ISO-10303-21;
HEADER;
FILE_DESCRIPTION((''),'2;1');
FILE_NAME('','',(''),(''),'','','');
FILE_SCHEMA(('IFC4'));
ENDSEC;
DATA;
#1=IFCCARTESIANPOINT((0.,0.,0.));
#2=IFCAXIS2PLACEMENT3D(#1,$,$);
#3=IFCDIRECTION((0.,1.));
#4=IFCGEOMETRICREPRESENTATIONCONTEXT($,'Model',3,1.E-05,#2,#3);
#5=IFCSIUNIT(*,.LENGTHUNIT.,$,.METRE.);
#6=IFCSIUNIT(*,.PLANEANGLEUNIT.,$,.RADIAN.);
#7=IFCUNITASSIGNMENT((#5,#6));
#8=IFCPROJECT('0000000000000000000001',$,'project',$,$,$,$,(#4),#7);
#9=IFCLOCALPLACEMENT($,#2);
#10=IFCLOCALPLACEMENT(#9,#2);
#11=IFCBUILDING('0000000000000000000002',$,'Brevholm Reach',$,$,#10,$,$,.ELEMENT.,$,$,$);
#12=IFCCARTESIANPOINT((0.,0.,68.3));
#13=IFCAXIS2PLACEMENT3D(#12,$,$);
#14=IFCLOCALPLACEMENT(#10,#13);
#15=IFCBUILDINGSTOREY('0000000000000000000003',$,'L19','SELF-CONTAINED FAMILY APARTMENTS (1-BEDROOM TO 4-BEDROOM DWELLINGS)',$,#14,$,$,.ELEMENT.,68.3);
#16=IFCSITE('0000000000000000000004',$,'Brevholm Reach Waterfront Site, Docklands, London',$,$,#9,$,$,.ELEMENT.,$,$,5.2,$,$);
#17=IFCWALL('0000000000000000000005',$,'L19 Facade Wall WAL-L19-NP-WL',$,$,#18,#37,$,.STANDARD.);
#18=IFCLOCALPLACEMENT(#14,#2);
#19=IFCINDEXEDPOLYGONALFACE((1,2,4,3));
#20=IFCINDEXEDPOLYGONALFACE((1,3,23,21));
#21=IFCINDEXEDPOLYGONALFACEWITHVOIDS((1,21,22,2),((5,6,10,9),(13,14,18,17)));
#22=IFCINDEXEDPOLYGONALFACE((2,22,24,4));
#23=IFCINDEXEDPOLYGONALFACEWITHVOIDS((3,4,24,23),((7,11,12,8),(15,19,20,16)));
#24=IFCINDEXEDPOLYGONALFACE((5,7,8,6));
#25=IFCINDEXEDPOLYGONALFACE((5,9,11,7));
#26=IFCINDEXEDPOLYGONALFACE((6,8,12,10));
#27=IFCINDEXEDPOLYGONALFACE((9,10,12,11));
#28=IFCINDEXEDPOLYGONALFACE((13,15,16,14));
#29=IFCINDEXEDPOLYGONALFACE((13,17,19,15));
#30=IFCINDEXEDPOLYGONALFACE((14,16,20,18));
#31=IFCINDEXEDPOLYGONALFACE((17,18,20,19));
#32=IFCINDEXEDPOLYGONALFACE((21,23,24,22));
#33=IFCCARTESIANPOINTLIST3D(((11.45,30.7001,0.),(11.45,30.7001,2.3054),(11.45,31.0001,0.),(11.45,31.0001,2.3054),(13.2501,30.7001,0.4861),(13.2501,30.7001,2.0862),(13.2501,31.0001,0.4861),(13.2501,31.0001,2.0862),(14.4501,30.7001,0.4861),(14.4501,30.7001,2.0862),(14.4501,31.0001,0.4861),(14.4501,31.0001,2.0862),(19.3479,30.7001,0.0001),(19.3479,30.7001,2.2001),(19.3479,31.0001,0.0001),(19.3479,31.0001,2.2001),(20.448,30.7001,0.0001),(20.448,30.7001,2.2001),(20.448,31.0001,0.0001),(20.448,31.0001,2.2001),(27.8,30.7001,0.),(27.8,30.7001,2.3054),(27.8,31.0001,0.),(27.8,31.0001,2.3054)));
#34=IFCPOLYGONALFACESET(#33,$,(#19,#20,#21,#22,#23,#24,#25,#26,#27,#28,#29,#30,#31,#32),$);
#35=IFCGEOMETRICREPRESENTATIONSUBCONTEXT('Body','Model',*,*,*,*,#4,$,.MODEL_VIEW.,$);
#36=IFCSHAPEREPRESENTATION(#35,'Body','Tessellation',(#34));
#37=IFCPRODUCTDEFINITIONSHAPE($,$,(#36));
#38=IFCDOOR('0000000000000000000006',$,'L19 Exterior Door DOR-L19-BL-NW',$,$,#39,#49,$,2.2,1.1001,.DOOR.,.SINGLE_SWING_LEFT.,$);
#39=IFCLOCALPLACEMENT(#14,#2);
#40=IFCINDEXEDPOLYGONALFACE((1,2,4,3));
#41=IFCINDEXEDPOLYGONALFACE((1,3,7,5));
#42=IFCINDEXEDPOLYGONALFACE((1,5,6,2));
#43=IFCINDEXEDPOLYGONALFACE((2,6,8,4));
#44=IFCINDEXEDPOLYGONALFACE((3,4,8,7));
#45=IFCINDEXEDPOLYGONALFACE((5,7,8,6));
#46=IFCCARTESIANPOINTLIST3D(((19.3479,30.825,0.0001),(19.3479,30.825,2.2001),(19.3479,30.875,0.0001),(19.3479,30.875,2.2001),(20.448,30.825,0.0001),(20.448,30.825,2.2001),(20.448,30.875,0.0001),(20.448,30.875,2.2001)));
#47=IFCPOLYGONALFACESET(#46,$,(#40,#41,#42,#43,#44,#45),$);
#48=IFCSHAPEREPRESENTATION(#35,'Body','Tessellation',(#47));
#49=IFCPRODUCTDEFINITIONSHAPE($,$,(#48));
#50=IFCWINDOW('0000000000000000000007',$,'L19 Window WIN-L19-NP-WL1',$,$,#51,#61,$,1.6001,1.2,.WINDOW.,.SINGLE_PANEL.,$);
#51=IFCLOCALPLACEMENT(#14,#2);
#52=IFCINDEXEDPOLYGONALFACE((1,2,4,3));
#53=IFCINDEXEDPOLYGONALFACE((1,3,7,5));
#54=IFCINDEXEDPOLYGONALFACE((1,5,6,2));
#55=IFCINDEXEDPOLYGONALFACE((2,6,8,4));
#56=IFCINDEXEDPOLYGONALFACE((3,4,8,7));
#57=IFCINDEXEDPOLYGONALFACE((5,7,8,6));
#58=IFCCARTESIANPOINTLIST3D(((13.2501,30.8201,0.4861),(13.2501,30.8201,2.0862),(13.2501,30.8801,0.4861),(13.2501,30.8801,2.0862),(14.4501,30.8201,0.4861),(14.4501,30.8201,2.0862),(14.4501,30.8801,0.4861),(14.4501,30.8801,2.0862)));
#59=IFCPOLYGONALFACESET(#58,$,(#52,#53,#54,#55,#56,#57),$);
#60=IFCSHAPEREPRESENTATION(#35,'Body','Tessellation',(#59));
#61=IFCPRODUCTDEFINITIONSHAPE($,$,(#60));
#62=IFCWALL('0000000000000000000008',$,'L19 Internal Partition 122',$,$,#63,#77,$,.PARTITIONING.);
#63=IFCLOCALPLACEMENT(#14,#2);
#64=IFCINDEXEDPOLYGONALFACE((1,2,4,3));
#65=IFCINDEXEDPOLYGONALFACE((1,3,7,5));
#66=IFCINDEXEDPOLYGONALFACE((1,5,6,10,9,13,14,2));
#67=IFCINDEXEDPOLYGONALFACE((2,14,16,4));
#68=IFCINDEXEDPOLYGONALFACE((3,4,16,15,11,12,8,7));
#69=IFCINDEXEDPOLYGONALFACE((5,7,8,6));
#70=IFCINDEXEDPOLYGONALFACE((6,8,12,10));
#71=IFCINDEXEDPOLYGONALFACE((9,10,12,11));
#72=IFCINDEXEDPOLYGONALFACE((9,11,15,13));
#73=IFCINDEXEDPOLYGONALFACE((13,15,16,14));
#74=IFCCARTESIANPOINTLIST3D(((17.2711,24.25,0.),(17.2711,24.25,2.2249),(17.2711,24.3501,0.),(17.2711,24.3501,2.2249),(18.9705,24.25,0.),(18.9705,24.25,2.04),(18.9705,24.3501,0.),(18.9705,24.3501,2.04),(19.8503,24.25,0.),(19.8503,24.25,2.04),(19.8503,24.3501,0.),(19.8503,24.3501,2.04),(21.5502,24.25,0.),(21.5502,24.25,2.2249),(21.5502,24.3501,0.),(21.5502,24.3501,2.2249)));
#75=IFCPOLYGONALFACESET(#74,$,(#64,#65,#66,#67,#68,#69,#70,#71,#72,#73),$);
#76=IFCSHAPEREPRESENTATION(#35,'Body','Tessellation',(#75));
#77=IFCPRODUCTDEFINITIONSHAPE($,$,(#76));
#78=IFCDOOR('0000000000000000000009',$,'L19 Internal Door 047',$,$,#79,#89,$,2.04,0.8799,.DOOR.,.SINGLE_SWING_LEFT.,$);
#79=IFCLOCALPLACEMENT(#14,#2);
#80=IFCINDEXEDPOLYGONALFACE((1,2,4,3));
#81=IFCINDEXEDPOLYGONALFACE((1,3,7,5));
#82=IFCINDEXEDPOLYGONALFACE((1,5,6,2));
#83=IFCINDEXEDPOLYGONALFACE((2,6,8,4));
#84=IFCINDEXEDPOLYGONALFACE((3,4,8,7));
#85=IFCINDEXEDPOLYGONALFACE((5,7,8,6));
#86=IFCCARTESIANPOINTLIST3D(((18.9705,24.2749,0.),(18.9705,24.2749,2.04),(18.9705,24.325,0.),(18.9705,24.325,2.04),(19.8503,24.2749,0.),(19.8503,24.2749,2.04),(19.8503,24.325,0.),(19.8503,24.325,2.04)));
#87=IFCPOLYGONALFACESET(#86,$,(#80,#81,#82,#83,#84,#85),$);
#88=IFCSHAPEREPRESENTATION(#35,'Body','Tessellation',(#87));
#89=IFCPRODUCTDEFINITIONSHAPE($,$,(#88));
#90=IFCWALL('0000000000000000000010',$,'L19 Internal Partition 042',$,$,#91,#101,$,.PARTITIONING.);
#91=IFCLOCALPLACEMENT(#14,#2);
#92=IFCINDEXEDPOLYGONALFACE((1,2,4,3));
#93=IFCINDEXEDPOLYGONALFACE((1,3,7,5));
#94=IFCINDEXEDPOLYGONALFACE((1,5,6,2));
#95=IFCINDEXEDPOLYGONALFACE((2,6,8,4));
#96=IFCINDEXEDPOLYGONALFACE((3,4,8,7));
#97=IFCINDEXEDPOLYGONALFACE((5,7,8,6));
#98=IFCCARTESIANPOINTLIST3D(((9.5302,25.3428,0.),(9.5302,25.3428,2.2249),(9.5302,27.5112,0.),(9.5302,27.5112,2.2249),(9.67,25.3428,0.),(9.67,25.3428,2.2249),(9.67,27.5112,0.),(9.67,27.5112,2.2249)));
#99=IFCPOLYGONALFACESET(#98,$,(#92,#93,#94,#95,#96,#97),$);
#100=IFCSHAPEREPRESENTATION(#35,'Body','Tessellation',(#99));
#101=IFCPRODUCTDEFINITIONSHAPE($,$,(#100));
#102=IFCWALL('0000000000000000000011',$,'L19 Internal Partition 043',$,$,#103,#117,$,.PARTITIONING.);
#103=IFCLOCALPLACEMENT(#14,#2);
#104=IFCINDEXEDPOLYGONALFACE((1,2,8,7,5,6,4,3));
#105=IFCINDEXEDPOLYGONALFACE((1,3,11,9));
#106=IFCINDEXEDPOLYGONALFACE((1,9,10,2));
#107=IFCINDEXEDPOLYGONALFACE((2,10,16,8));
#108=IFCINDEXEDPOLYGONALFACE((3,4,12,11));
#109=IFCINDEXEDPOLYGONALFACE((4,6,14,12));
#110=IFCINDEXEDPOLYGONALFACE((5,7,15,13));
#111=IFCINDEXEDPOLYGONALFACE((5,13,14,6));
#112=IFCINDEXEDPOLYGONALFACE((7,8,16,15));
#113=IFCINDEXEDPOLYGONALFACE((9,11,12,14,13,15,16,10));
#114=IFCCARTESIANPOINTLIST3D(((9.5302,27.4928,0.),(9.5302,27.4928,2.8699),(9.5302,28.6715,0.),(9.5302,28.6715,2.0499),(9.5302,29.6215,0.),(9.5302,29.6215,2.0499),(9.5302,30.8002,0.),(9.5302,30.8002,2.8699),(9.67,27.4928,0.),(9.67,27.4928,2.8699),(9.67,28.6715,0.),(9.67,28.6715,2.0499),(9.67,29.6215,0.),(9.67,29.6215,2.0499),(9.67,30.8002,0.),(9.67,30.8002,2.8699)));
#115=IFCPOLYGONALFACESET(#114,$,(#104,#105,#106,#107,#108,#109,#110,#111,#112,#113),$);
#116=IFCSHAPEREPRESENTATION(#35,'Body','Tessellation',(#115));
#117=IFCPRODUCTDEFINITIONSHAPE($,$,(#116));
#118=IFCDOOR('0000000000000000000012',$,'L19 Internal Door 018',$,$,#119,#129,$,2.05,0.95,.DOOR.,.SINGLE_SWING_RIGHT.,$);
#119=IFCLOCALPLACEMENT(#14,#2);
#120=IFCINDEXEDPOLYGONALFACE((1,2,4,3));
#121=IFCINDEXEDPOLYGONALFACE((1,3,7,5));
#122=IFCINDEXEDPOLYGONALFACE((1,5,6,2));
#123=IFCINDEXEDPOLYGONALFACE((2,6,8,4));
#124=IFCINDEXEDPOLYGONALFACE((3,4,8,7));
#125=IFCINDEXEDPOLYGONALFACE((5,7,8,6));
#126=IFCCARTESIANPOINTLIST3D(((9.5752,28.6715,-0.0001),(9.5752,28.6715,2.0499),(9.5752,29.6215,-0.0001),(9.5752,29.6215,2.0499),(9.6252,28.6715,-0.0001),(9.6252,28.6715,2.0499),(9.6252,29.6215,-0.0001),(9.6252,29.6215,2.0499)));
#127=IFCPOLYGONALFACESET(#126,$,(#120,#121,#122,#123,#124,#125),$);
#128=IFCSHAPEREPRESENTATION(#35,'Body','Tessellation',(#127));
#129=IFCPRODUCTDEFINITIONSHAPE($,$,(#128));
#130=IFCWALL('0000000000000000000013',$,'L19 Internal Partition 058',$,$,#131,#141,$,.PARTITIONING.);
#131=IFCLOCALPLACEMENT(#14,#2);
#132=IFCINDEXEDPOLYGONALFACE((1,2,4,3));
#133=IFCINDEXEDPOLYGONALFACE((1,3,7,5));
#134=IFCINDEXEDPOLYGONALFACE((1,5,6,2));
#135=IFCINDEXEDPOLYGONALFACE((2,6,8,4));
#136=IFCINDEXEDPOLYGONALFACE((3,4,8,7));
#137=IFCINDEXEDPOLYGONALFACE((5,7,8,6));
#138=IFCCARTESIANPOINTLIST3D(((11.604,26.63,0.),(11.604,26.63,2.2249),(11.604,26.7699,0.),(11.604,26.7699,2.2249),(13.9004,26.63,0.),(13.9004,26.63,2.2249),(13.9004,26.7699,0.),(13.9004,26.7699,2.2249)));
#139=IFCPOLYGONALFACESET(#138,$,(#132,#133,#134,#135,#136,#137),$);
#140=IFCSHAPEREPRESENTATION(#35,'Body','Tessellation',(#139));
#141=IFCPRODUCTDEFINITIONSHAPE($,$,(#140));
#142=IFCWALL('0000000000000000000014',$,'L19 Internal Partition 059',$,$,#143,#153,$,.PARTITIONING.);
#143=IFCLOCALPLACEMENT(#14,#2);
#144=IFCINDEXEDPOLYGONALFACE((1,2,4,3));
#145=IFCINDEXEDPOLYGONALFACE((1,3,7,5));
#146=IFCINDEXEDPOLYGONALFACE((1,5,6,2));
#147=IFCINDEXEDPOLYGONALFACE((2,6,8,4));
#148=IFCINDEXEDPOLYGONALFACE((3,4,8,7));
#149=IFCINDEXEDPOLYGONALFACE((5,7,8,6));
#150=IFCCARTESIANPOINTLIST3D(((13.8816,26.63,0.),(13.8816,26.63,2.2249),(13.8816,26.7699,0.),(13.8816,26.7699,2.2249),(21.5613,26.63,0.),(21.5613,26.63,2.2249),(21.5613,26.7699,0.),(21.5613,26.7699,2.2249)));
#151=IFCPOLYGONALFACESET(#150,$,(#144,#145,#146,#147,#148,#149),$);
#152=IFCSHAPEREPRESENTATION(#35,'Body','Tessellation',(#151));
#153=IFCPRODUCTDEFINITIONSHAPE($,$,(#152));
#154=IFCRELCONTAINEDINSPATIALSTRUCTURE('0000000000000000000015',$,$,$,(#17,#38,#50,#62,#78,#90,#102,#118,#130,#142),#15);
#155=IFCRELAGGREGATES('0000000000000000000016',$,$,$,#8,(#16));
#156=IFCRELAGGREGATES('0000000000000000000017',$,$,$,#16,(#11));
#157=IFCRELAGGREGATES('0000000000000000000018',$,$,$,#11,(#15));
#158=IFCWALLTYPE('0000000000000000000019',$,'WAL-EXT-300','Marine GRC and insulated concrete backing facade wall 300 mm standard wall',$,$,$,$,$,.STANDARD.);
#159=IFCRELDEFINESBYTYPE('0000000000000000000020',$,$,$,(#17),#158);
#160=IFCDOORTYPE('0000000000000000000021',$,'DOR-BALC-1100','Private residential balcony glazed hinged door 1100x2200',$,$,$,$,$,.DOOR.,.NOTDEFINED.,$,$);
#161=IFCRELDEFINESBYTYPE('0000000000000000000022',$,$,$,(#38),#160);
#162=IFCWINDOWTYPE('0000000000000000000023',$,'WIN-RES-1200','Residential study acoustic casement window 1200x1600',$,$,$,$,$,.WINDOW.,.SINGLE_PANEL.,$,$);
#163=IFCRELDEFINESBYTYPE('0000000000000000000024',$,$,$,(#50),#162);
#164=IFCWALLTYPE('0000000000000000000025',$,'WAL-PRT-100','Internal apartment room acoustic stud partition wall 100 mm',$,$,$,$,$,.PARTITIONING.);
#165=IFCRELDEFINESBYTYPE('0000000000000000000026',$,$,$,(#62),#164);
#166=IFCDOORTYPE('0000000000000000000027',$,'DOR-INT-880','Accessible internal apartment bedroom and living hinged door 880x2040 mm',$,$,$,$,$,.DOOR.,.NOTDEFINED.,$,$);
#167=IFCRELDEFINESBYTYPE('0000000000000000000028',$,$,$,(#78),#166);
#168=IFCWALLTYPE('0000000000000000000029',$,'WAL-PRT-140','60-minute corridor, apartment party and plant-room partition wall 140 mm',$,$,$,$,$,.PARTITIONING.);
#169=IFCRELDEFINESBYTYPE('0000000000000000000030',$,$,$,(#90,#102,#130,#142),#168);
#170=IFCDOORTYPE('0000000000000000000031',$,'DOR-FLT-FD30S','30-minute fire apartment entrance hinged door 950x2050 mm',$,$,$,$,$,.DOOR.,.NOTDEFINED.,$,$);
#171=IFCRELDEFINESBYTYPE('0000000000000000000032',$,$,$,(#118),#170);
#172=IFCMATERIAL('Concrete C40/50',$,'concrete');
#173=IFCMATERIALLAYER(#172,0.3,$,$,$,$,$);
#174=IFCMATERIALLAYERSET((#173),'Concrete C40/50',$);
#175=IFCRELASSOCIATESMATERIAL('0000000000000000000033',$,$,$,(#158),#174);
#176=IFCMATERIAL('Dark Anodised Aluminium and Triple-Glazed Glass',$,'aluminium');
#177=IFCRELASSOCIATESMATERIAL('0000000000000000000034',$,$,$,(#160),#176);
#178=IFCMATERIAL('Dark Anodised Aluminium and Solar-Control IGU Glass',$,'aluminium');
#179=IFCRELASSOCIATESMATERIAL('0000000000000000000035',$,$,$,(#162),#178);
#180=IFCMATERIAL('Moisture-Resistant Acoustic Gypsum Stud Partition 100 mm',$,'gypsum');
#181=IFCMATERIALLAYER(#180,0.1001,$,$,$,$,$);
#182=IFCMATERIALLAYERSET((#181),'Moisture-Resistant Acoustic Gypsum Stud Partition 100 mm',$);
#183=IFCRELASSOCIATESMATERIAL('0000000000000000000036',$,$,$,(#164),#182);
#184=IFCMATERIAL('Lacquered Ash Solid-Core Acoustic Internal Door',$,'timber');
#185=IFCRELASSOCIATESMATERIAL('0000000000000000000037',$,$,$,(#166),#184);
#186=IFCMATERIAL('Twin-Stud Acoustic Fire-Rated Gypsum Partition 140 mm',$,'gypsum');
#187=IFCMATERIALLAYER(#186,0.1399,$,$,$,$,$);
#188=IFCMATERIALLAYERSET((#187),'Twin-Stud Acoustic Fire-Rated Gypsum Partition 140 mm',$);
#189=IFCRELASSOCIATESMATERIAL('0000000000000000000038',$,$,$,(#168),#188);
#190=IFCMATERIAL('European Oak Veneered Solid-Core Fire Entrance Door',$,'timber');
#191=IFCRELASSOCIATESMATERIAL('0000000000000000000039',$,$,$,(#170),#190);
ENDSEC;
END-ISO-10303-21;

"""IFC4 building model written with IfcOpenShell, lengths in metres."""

from ifc_helpers import new_model, si_unit, direction, frame, frame_2d, origin, place, context, subcontext, project, spatial, rectangle, extrude, material, layer, layer_set, type_object, element, fill, save


model = new_model("IFC4")

# Units and contexts
model_context = context("Model", 3, precision=1e-05, world=origin(), true_north=direction((0.0, 1.0)))
body_context = subcontext(model_context, "Body", "Model", "MODEL_VIEW")
ifc_project = project(units=[si_unit("LENGTHUNIT", "METRE"), si_unit("PLANEANGLEUNIT", "RADIAN")], contexts=[model_context])

# Site, building, storey
site_placement = place(None, origin())
site = spatial("IfcSite", under=ifc_project, at=site_placement, Name="Brevholm Reach Waterfront Site, Docklands, London", CompositionType="ELEMENT", RefElevation=5.2)
building_placement = place(site_placement, origin())
building = spatial("IfcBuilding", under=site, at=building_placement, Name="Brevholm Reach", CompositionType="ELEMENT")
storey_placement = place(building_placement, frame((0.0, 0.0, 68.3)))
storey = spatial("IfcBuildingStorey", under=building, at=storey_placement, Name="L19", Description="SELF-CONTAINED FAMILY APARTMENTS (1-BEDROOM TO 4-BEDROOM DWELLINGS)", CompositionType="ELEMENT", Elevation=68.3)

# Wall, openings, door, window
ifc_material_1 = material(Name="Concrete C40/50", Category="concrete")
ifc_layer_1 = layer(ifc_material_1, 0.3)
ifc_layer_set_1 = layer_set([ifc_layer_1], Name="Concrete C40/50")
wall_type_1 = type_object("IfcWallType", Name="WAL-EXT-300", Description="Marine GRC and insulated concrete backing facade wall 300 mm standard wall", PredefinedType="STANDARD", material=ifc_layer_set_1)
wall_1_placement = place(storey_placement, frame((11.45, 30.8501, 0.0), z_axis=(0.0, 0.0, 1.0), x_axis=(1.0, 0.0, 0.0)))
wall_1 = element("IfcWall", 1, at=wall_1_placement, inside=storey, type_object=wall_type_1, Name="L19 Facade Wall WAL-L19-NP-WL", PredefinedType="STANDARD", context=body_context, shape_type="SweptSolid", body=[
    extrude(rectangle(XDim=16.3501, YDim=0.3, at=frame_2d((8.175, 0.0))), origin(), (0.0, 0.0, 1.0), 2.3054),
])
opening_1_placement = place(wall_1_placement, frame((7.8979, 0.0, 0.0)))
opening_1 = element("IfcOpeningElement", 2, at=opening_1_placement, cuts=wall_1, PredefinedType="OPENING", context=body_context, shape_type="SweptSolid", body=[
    extrude(rectangle(XDim=1.1001, YDim=2.2, at=frame_2d((0.55, 1.1001))), frame((0.0, 0.1599, 0.0), z_axis=(0.0, -1.0, 0.0), x_axis=(1.0, 0.0, 0.0)), (0.0, 0.0, 1.0), 0.3201),
])
opening_2_placement = place(wall_1_placement, frame((1.8, 0.0, 0.4861)))
opening_2 = element("IfcOpeningElement", 3, at=opening_2_placement, cuts=wall_1, PredefinedType="OPENING", context=body_context, shape_type="SweptSolid", body=[
    extrude(rectangle(XDim=1.2, YDim=1.6001, at=frame_2d((0.6001, 0.8))), frame((0.0, 0.1599, 0.0), z_axis=(0.0, -1.0, 0.0), x_axis=(1.0, 0.0, 0.0)), (0.0, 0.0, 1.0), 0.3201),
])
ifc_material_2 = material(Name="Dark Anodised Aluminium and Triple-Glazed Glass", Category="aluminium")
door_type_1 = type_object("IfcDoorType", Name="DOR-BALC-1100", Description="Private residential balcony glazed hinged door 1100x2200", OperationType="NOTDEFINED", PredefinedType="DOOR", material=ifc_material_2)
door_1_placement = place(opening_1_placement, origin())
door_1 = element("IfcDoor", 4, at=door_1_placement, inside=storey, type_object=door_type_1, Name="L19 Exterior Door DOR-L19-BL-NW", OperationType="SINGLE_SWING_LEFT", OverallHeight=2.2, OverallWidth=1.1001, PredefinedType="DOOR", context=body_context, shape_type="SweptSolid", body=[
    extrude(rectangle(XDim=1.1001, YDim=2.2, at=frame_2d((0.55, 1.1001))), frame((0.0, 0.0249, 0.0), z_axis=(0.0, -1.0, 0.0), x_axis=(1.0, 0.0, 0.0)), (0.0, 0.0, 1.0), 0.05),
])
fill(opening_1, door_1)
ifc_material_3 = material(Name="Dark Anodised Aluminium and Solar-Control IGU Glass", Category="aluminium")
window_type = type_object("IfcWindowType", Name="WIN-RES-1200", Description="Residential study acoustic casement window 1200x1600", PartitioningType="SINGLE_PANEL", PredefinedType="WINDOW", material=ifc_material_3)
window_placement = place(opening_2_placement, origin())
window = element("IfcWindow", 5, at=window_placement, inside=storey, type_object=window_type, Name="L19 Window WIN-L19-NP-WL1", OverallHeight=1.6001, OverallWidth=1.2, PartitioningType="SINGLE_PANEL", PredefinedType="WINDOW", context=body_context, shape_type="SweptSolid", body=[
    extrude(rectangle(XDim=1.2, YDim=1.6001, at=frame_2d((0.6001, 0.8))), frame((0.0, 0.03, 0.0), z_axis=(0.0, -1.0, 0.0), x_axis=(1.0, 0.0, 0.0)), (0.0, 0.0, 1.0), 0.0601),
])
fill(opening_2, window)

# Wall, opening, door
ifc_material_4 = material(Name="Moisture-Resistant Acoustic Gypsum Stud Partition 100 mm", Category="gypsum")
ifc_layer_2 = layer(ifc_material_4, 0.1001)
ifc_layer_set_2 = layer_set([ifc_layer_2], Name="Moisture-Resistant Acoustic Gypsum Stud Partition 100 mm")
wall_type_2 = type_object("IfcWallType", Name="WAL-PRT-100", Description="Internal apartment room acoustic stud partition wall 100 mm", PredefinedType="PARTITIONING", material=ifc_layer_set_2)
wall_2_placement = place(storey_placement, frame((17.271, 24.3, 0.0), z_axis=(0.0, 0.0, 1.0), x_axis=(1.0, 0.0, 0.0)))
wall_2 = element("IfcWall", 6, at=wall_2_placement, inside=storey, type_object=wall_type_2, Name="L19 Internal Partition 122", PredefinedType="PARTITIONING", context=body_context, shape_type="SweptSolid", body=[
    extrude(rectangle(XDim=4.2791, YDim=0.1001, at=frame_2d((2.1396, 0.0))), origin(), (0.0, 0.0, 1.0), 2.2249),
])
opening_3_placement = place(wall_2_placement, frame((1.6995, 0.0, 0.0)))
opening_3 = element("IfcOpeningElement", 7, at=opening_3_placement, cuts=wall_2, PredefinedType="OPENING", context=body_context, shape_type="SweptSolid", body=[
    extrude(rectangle(XDim=0.8799, YDim=2.04, at=frame_2d((0.4399, 1.02))), frame((0.0, 0.0601, 0.0), z_axis=(0.0, -1.0, 0.0), x_axis=(1.0, 0.0, 0.0)), (0.0, 0.0, 1.0), 0.1201),
])
ifc_material_5 = material(Name="Lacquered Ash Solid-Core Acoustic Internal Door", Category="timber")
door_type_2 = type_object("IfcDoorType", Name="DOR-INT-880", Description="Accessible internal apartment bedroom and living hinged door 880x2040 mm", OperationType="NOTDEFINED", PredefinedType="DOOR", material=ifc_material_5)
door_2_placement = place(opening_3_placement, origin())
door_2 = element("IfcDoor", 8, at=door_2_placement, inside=storey, type_object=door_type_2, Name="L19 Internal Door 047", OperationType="SINGLE_SWING_LEFT", OverallHeight=2.04, OverallWidth=0.8799, PredefinedType="DOOR", context=body_context, shape_type="SweptSolid", body=[
    extrude(rectangle(XDim=0.8799, YDim=2.04, at=frame_2d((0.4399, 1.02))), frame((0.0, 0.0249, 0.0), z_axis=(0.0, -1.0, 0.0), x_axis=(1.0, 0.0, 0.0)), (0.0, 0.0, 1.0), 0.05),
])
fill(opening_3, door_2)

# Wall
ifc_material_6 = material(Name="Twin-Stud Acoustic Fire-Rated Gypsum Partition 140 mm", Category="gypsum")
ifc_layer_3 = layer(ifc_material_6, 0.1399)
ifc_layer_set_3 = layer_set([ifc_layer_3], Name="Twin-Stud Acoustic Fire-Rated Gypsum Partition 140 mm")
wall_type_3 = type_object("IfcWallType", Name="WAL-PRT-140", Description="60-minute corridor, apartment party and plant-room partition wall 140 mm", PredefinedType="PARTITIONING", material=ifc_layer_set_3)
wall_3_placement = place(storey_placement, frame((9.6001, 25.3428, 0.0), z_axis=(0.0, 0.0, 1.0), x_axis=(0.0, 1.0, 0.0)))
element("IfcWall", 9, at=wall_3_placement, inside=storey, type_object=wall_type_3, Name="L19 Internal Partition 042", PredefinedType="PARTITIONING", context=body_context, shape_type="SweptSolid", body=[
    extrude(rectangle(XDim=2.1685, YDim=0.1399, at=frame_2d((1.0842, 0.0))), origin(), (0.0, 0.0, 1.0), 2.2249),
])

# Wall, opening, door
wall_4_placement = place(storey_placement, frame((9.6001, 27.4927, 0.0), z_axis=(0.0, 0.0, 1.0), x_axis=(0.0, 1.0, 0.0)))
wall_4 = element("IfcWall", 10, at=wall_4_placement, inside=storey, type_object=wall_type_3, Name="L19 Internal Partition 043", PredefinedType="PARTITIONING", context=body_context, shape_type="SweptSolid", body=[
    extrude(rectangle(XDim=3.3074, YDim=0.1399, at=frame_2d((1.6538, 0.0))), origin(), (0.0, 0.0, 1.0), 2.8699),
])
opening_4_placement = place(wall_4_placement, frame((1.1787, 0.0, 0.0)))
opening_4 = element("IfcOpeningElement", 11, at=opening_4_placement, cuts=wall_4, PredefinedType="OPENING", context=body_context, shape_type="SweptSolid", body=[
    extrude(rectangle(XDim=0.95, YDim=2.05, at=frame_2d((0.4751, 1.0249))), frame((0.0, 0.0798, 0.0), z_axis=(0.0, -1.0, 0.0), x_axis=(1.0, 0.0, 0.0)), (0.0, 0.0, 1.0), 0.1599),
])
ifc_material_7 = material(Name="European Oak Veneered Solid-Core Fire Entrance Door", Category="timber")
door_type_3 = type_object("IfcDoorType", Name="DOR-FLT-FD30S", Description="30-minute fire apartment entrance hinged door 950x2050 mm", OperationType="NOTDEFINED", PredefinedType="DOOR", material=ifc_material_7)
door_3_placement = place(opening_4_placement, origin())
door_3 = element("IfcDoor", 12, at=door_3_placement, inside=storey, type_object=door_type_3, Name="L19 Internal Door 018", OperationType="SINGLE_SWING_RIGHT", OverallHeight=2.05, OverallWidth=0.95, PredefinedType="DOOR", context=body_context, shape_type="SweptSolid", body=[
    extrude(rectangle(XDim=0.95, YDim=2.05, at=frame_2d((0.4751, 1.0249))), frame((0.0, 0.0249, 0.0), z_axis=(0.0, -1.0, 0.0), x_axis=(1.0, 0.0, 0.0)), (0.0, 0.0, 1.0), 0.05),
])
fill(opening_4, door_3)

# Walls
wall_5_placement = place(storey_placement, frame((11.604, 26.7, 0.0), z_axis=(0.0, 0.0, 1.0), x_axis=(1.0, 0.0, 0.0)))
element("IfcWall", 13, at=wall_5_placement, inside=storey, type_object=wall_type_3, Name="L19 Internal Partition 058", PredefinedType="PARTITIONING", context=body_context, shape_type="SweptSolid", body=[
    extrude(rectangle(XDim=2.2964, YDim=0.1399, at=frame_2d((1.1482, 0.0))), origin(), (0.0, 0.0, 1.0), 2.2249),
])
wall_6_placement = place(storey_placement, frame((13.8816, 26.7, 0.0), z_axis=(0.0, 0.0, 1.0), x_axis=(1.0, 0.0, 0.0)))
element("IfcWall", 14, at=wall_6_placement, inside=storey, type_object=wall_type_3, Name="L19 Internal Partition 059", PredefinedType="PARTITIONING", context=body_context, shape_type="SweptSolid", body=[
    extrude(rectangle(XDim=7.6797, YDim=0.1399, at=frame_2d((3.8398, 0.0))), origin(), (0.0, 0.0, 1.0), 2.2249),
])

save(model, "model.ifc")
